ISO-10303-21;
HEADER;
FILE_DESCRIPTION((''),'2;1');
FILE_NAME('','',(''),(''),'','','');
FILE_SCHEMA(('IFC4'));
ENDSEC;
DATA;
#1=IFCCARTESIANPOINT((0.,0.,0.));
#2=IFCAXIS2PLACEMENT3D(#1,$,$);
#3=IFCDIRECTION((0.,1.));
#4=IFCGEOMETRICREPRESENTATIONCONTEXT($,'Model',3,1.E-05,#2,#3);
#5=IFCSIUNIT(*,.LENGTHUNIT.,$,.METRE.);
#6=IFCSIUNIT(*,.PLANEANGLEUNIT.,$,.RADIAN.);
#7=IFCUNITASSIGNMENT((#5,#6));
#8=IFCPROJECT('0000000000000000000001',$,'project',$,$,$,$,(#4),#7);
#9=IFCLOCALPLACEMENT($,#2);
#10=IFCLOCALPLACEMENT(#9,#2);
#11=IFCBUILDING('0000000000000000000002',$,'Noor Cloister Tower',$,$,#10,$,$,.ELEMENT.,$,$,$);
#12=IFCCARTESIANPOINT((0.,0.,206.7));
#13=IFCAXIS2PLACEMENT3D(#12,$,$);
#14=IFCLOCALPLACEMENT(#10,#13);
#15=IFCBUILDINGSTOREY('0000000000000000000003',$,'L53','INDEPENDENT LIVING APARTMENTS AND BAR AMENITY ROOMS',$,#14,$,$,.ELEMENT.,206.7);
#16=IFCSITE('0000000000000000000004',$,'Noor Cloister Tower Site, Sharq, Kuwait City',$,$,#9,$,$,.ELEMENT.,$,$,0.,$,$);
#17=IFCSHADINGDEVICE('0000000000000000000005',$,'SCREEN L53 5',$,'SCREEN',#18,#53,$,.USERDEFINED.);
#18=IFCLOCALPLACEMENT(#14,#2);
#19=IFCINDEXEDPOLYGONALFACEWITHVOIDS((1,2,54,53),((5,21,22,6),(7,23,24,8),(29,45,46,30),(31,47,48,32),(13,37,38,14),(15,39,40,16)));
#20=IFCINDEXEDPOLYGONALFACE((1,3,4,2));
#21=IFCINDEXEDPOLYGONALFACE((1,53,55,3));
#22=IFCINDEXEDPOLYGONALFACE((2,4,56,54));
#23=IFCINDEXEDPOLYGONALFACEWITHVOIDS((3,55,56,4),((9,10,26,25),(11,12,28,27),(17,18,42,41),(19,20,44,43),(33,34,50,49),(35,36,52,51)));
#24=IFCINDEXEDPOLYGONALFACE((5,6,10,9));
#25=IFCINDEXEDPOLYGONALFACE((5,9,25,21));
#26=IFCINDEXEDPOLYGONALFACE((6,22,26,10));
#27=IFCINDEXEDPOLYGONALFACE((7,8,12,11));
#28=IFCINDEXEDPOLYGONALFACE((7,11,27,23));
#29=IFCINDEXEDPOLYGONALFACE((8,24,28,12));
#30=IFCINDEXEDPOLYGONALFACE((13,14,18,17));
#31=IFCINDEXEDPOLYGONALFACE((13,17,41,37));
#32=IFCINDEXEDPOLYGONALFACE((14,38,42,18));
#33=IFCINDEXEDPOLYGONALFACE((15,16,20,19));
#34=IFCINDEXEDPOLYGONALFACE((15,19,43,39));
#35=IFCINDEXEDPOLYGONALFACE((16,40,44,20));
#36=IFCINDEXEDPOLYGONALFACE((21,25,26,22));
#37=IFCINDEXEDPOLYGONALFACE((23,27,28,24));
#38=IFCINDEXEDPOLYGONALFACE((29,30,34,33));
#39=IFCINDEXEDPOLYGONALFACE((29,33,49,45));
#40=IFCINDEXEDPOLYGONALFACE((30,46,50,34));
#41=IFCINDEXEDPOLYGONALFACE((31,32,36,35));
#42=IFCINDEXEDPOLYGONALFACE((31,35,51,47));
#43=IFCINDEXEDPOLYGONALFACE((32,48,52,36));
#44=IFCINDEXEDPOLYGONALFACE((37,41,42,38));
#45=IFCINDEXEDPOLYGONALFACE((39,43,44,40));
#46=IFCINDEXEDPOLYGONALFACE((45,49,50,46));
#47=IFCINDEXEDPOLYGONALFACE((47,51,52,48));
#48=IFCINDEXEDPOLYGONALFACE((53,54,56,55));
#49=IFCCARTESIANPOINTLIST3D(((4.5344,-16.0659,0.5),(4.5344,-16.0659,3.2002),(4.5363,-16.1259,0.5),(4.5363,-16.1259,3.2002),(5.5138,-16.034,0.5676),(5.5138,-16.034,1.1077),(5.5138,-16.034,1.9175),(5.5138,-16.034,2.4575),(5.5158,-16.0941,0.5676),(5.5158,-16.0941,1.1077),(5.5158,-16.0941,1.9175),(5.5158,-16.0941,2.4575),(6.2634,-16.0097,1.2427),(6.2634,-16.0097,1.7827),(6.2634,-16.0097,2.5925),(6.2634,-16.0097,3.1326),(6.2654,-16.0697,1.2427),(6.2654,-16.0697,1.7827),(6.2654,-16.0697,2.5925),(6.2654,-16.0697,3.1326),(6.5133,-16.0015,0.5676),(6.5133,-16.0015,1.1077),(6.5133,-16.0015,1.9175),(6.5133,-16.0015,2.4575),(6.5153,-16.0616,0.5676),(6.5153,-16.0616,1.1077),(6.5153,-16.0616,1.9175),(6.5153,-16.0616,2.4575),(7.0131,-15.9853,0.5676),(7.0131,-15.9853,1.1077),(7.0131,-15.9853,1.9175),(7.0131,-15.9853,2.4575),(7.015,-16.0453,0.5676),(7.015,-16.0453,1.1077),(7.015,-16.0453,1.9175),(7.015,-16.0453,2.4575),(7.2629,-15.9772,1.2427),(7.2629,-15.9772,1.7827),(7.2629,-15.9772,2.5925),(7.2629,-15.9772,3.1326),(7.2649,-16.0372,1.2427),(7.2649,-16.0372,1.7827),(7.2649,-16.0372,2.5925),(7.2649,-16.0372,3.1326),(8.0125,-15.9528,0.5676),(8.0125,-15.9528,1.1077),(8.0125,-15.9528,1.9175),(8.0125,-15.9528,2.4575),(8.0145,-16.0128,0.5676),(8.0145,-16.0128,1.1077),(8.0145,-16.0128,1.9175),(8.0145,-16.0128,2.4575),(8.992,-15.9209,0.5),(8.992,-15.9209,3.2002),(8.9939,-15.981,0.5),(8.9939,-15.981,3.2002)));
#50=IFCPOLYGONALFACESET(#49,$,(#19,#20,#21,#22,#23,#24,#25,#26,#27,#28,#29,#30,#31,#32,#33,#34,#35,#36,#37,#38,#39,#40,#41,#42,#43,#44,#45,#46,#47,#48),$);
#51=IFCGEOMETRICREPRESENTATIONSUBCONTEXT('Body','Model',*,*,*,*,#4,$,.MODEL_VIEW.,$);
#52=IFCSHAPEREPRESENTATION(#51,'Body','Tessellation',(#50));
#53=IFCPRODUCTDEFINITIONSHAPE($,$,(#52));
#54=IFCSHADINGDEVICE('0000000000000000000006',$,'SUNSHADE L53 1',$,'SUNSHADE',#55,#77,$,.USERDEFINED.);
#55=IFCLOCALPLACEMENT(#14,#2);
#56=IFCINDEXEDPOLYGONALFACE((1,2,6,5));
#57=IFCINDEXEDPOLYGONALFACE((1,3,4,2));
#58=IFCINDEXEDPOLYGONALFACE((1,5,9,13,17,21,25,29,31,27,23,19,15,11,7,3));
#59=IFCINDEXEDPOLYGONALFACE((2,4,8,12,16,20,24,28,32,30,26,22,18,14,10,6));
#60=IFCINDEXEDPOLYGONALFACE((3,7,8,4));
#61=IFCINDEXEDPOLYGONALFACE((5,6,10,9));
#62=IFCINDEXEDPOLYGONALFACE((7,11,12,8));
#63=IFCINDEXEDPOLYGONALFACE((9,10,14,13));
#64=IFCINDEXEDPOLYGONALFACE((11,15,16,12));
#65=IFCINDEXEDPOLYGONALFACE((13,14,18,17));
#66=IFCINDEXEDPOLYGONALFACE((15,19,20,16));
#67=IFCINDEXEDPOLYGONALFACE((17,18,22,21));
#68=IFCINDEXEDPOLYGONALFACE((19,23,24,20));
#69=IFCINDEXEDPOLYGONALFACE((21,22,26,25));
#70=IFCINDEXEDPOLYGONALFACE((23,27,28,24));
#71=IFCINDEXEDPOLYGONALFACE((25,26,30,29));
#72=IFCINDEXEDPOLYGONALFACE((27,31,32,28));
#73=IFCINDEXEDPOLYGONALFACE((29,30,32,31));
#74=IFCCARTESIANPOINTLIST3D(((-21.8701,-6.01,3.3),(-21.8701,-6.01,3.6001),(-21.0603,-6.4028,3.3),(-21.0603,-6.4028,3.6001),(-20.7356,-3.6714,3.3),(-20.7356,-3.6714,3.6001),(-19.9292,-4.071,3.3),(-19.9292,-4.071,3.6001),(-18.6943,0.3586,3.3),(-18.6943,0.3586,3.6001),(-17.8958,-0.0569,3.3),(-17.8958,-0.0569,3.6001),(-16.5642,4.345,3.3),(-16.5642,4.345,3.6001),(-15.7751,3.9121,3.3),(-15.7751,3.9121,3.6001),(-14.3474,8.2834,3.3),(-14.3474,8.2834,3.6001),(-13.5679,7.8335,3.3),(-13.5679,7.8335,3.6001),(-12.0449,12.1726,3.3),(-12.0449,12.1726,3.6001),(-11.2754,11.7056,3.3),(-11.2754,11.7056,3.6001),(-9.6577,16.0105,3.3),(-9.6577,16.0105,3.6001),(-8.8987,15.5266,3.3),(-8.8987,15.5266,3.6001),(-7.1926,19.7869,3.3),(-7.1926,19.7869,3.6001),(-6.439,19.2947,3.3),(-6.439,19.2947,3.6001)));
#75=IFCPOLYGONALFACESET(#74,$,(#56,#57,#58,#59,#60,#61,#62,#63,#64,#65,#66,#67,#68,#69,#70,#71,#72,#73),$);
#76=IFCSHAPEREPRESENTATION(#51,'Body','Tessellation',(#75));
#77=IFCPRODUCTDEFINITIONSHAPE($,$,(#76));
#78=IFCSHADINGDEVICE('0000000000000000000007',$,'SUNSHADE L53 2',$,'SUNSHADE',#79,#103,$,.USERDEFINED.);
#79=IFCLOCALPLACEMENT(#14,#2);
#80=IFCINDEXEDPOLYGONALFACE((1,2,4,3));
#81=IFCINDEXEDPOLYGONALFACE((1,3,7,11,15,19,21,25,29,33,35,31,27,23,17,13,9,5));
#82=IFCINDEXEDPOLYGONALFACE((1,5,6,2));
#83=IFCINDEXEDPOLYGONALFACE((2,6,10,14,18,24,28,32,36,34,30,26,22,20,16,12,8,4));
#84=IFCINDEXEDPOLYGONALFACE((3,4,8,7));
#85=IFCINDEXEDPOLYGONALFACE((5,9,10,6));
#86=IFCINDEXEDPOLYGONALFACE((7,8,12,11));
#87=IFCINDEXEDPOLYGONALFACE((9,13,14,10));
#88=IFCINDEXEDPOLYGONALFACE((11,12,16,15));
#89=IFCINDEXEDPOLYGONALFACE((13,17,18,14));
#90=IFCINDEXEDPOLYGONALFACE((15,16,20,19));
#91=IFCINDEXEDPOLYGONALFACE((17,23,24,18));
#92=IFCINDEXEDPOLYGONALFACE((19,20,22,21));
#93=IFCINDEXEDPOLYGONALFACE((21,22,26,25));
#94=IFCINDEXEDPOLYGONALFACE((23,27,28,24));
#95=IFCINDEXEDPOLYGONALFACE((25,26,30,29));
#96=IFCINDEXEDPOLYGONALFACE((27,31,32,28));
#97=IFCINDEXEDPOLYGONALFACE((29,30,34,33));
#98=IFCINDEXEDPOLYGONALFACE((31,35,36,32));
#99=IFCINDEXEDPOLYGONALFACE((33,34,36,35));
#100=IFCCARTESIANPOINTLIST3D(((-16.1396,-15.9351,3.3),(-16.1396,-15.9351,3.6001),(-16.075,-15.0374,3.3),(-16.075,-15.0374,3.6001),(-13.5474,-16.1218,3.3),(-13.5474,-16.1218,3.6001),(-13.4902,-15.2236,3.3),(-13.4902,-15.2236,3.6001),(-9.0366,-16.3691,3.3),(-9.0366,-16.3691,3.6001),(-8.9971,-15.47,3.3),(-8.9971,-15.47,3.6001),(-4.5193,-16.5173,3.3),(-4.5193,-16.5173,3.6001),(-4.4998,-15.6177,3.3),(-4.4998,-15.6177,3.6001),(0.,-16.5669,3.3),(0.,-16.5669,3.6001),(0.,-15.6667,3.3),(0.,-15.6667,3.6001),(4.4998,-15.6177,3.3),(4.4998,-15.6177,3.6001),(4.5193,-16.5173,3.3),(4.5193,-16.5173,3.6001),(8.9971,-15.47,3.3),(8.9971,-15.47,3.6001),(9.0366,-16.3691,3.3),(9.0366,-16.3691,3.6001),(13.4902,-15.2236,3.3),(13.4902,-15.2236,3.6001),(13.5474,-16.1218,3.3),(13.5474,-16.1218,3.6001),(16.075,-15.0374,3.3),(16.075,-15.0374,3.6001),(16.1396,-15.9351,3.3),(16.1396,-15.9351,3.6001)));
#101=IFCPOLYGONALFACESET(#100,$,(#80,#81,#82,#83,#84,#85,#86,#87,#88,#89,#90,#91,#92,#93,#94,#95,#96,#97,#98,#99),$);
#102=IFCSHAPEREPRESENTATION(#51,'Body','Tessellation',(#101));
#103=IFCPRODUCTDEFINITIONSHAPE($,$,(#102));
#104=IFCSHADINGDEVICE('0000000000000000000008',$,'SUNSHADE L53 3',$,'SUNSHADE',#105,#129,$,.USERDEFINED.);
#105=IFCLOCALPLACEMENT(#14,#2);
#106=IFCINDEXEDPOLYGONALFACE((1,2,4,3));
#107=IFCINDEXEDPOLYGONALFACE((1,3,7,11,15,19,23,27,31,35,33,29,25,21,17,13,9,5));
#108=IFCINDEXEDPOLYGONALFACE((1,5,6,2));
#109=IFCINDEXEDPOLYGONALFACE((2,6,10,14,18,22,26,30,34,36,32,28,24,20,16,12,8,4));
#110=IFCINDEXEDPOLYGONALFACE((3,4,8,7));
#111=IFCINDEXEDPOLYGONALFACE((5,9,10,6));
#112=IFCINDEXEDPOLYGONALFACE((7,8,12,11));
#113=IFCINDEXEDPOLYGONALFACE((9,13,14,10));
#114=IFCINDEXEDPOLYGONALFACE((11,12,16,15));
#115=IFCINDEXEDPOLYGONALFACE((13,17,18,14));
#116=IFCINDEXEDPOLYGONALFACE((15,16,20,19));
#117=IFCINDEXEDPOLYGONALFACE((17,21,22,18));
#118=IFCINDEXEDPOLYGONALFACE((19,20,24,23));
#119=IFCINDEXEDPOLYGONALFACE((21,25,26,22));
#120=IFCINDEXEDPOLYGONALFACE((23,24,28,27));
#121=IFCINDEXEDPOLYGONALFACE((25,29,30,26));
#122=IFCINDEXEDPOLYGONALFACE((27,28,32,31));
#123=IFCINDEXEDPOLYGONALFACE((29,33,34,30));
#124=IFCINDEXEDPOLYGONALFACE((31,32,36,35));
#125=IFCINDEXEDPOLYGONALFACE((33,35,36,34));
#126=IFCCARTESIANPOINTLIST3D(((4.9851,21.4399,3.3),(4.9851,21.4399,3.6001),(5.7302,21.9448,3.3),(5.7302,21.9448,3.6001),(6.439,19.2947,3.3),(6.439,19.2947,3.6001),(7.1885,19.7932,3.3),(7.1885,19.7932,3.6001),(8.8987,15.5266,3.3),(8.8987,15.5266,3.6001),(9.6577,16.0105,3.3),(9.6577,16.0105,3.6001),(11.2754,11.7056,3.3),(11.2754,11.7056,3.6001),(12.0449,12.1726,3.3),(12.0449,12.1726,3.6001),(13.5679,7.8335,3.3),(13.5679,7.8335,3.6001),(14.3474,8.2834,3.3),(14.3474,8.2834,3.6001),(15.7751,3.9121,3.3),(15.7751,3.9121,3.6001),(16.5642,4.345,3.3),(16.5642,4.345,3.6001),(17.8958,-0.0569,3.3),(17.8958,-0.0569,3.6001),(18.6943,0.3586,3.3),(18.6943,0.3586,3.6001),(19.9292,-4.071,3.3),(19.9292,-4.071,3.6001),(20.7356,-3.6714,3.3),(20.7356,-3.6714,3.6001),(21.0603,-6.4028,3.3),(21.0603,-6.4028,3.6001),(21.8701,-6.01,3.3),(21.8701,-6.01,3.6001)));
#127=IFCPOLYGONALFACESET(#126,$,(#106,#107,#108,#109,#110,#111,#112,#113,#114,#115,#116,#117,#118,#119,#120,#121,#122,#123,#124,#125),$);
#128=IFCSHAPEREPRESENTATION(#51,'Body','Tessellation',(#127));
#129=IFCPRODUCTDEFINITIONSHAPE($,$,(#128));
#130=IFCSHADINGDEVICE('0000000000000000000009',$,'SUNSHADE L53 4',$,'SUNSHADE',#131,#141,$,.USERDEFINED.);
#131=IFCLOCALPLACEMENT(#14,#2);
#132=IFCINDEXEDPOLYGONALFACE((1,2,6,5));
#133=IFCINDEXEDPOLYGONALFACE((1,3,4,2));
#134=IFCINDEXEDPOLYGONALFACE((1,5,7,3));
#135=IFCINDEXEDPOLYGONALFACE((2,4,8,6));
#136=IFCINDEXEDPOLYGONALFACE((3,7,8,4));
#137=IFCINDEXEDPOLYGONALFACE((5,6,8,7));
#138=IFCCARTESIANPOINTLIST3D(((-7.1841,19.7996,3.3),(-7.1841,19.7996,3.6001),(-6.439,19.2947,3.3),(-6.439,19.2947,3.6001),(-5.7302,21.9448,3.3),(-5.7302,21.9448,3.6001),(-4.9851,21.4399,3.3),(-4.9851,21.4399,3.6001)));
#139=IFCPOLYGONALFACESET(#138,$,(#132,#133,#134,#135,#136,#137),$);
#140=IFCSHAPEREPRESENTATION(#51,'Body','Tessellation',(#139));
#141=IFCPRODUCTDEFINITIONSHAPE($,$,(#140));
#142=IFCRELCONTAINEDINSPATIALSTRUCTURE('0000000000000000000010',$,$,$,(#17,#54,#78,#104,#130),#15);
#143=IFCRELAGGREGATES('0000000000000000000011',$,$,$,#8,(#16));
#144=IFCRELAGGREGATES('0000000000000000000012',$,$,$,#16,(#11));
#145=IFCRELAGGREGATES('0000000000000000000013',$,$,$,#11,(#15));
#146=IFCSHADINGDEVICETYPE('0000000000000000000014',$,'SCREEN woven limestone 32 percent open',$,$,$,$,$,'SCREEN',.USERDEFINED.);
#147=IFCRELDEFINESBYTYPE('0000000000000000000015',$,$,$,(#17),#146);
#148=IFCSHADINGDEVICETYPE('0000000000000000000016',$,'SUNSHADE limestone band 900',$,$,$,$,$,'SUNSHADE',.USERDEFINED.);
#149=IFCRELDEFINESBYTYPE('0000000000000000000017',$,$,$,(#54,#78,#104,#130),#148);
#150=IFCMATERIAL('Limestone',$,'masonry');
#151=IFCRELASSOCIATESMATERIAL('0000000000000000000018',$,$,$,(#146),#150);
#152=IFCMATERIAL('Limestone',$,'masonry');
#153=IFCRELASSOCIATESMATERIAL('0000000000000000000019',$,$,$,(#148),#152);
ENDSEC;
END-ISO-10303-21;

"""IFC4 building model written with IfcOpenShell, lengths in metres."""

from ifc_helpers import new_model, si_unit, direction, frame, origin, place, context, subcontext, project, spatial, polyline, outline, extrude, material, material_profile, profile_set, type_object, element, save


model = new_model("IFC4")

# Units and contexts
model_context = context("Model", 3, precision=1e-05, world=origin(), true_north=direction((0.0, 1.0)))
body_context = subcontext(model_context, "Body", "Model", "MODEL_VIEW")
ifc_project = project(units=[si_unit("LENGTHUNIT", "METRE"), si_unit("PLANEANGLEUNIT", "RADIAN")], contexts=[model_context])

# Site, building, storey
site_placement = place(None, origin())
site = spatial("IfcSite", under=ifc_project, at=site_placement, Name="Noor Cloister Tower Site, Sharq, Kuwait City", CompositionType="ELEMENT", RefElevation=0.0)
building_placement = place(site_placement, origin())
building = spatial("IfcBuilding", under=site, at=building_placement, Name="Noor Cloister Tower", CompositionType="ELEMENT")
storey_placement = place(building_placement, frame((0.0, 0.0, 206.7)))
storey = spatial("IfcBuildingStorey", under=building, at=storey_placement, Name="L53", Description="INDEPENDENT LIVING APARTMENTS AND BAR AMENITY ROOMS", CompositionType="ELEMENT", Elevation=206.7)

# Shading devices
ifc_material_1 = material(Name="Limestone", Category="masonry")
ifc_material_profile_1 = material_profile(ifc_material_1, outline(polyline([(-2.23, -1.3501), (2.23, -1.3501), (2.23, 1.3501), (-2.23, 1.3501), (-2.23, -1.3501)]), holes=[polyline([(-1.25, -1.2825), (-0.25, -1.2825), (-0.25, -0.7424), (-1.25, -0.7424), (-1.25, -1.2825)]), polyline([(0.25, -1.2825), (1.25, -1.2825), (1.25, -0.7424), (0.25, -0.7424), (0.25, -1.2825)]), polyline([(-0.5, -0.6074), (0.5, -0.6074), (0.5, -0.0674), (-0.5, -0.0674), (-0.5, -0.6074)]), polyline([(-1.25, 0.0674), (-0.25, 0.0674), (-0.25, 0.6074), (-1.25, 0.6074), (-1.25, 0.0674)]), polyline([(0.25, 0.0674), (1.25, 0.0674), (1.25, 0.6074), (0.25, 0.6074), (0.25, 0.0674)]), polyline([(-0.5, 0.7424), (0.5, 0.7424), (0.5, 1.2825), (-0.5, 1.2825), (-0.5, 0.7424)])]), Name="Woven screen 32 percent open")
ifc_profile_set_1 = profile_set([ifc_material_profile_1], Name="Limestone")
shading_device_type_1 = type_object("IfcShadingDeviceType", Name="SCREEN woven limestone 32 percent open", ElementType="SCREEN", PredefinedType="USERDEFINED", material=ifc_profile_set_1)
shading_device_1_placement = place(storey_placement, frame((6.7632, -15.9934, 1.8501), z_axis=(0.032503, -0.999472, 0.0), x_axis=(0.999472, 0.032503, 0.0)))
element("IfcShadingDevice", 1, at=shading_device_1_placement, inside=storey, type_object=shading_device_type_1, Name="SCREEN L53 5", ObjectType="SCREEN", PredefinedType="USERDEFINED", context=body_context, shape_type="SweptSolid", body=[
    extrude(outline(polyline([(-2.23, -1.3501), (2.23, -1.3501), (2.23, 1.3501), (-2.23, 1.3501), (-2.23, -1.3501)]), holes=[polyline([(-1.25, -1.2825), (-0.25, -1.2825), (-0.25, -0.7424), (-1.25, -0.7424), (-1.25, -1.2825)]), polyline([(0.25, -1.2825), (1.25, -1.2825), (1.25, -0.7424), (0.25, -0.7424), (0.25, -1.2825)]), polyline([(-0.5, -0.6074), (0.5, -0.6074), (0.5, -0.0674), (-0.5, -0.0674), (-0.5, -0.6074)]), polyline([(-1.25, 0.0674), (-0.25, 0.0674), (-0.25, 0.6074), (-1.25, 0.6074), (-1.25, 0.0674)]), polyline([(0.25, 0.0674), (1.25, 0.0674), (1.25, 0.6074), (0.25, 0.6074), (0.25, 0.0674)]), polyline([(-0.5, 0.7424), (0.5, 0.7424), (0.5, 1.2825), (-0.5, 1.2825), (-0.5, 0.7424)])]), origin(), (0.0, 0.0, 1.0), 0.0601),
])
ifc_material_2 = material(Name="Limestone", Category="masonry")
shading_device_type_2 = type_object("IfcShadingDeviceType", Name="SUNSHADE limestone band 900", ElementType="SUNSHADE", PredefinedType="USERDEFINED", material=ifc_material_2)
shading_device_2_placement = place(storey_placement, frame((0.0, 0.0, 3.3)))
element("IfcShadingDevice", 2, at=shading_device_2_placement, inside=storey, type_object=shading_device_type_2, Name="SUNSHADE L53 1", ObjectType="SUNSHADE", PredefinedType="USERDEFINED", context=body_context, shape_type="SweptSolid", body=[
    extrude(outline(polyline([(-7.1926, 19.7869), (-9.6577, 16.0105), (-12.0449, 12.1726), (-14.3474, 8.2834), (-16.5642, 4.345), (-18.6943, 0.3586), (-20.7356, -3.6714), (-21.8701, -6.01), (-21.0603, -6.4028), (-19.9292, -4.071), (-17.8958, -0.0569), (-15.7751, 3.9121), (-13.5679, 7.8335), (-11.2754, 11.7056), (-8.8987, 15.5266), (-6.439, 19.2947), (-7.1926, 19.7869)])), origin(), (0.0, 0.0, 1.0), 0.3),
])
shading_device_3_placement = place(storey_placement, frame((0.0, 0.0, 3.3)))
element("IfcShadingDevice", 3, at=shading_device_3_placement, inside=storey, type_object=shading_device_type_2, Name="SUNSHADE L53 2", ObjectType="SUNSHADE", PredefinedType="USERDEFINED", context=body_context, shape_type="SweptSolid", body=[
    extrude(outline(polyline([(-16.1396, -15.9351), (-13.5474, -16.1218), (-9.0366, -16.3691), (-4.5193, -16.5173), (0.0, -16.5669), (4.5193, -16.5173), (9.0366, -16.3691), (13.5474, -16.1218), (16.1396, -15.9351), (16.075, -15.0374), (13.4902, -15.2236), (8.9971, -15.47), (4.4998, -15.6177), (0.0, -15.6667), (-4.4998, -15.6177), (-8.9971, -15.47), (-13.4902, -15.2236), (-16.075, -15.0374), (-16.1396, -15.9351)])), origin(), (0.0, 0.0, 1.0), 0.3),
])
shading_device_4_placement = place(storey_placement, frame((0.0, 0.0, 3.3)))
element("IfcShadingDevice", 4, at=shading_device_4_placement, inside=storey, type_object=shading_device_type_2, Name="SUNSHADE L53 3", ObjectType="SUNSHADE", PredefinedType="USERDEFINED", context=body_context, shape_type="SweptSolid", body=[
    extrude(outline(polyline([(21.8701, -6.01), (20.7356, -3.6714), (18.6943, 0.3586), (16.5642, 4.345), (14.3474, 8.2834), (12.0449, 12.1726), (9.6577, 16.0105), (7.1885, 19.7932), (5.7302, 21.9448), (4.9851, 21.4399), (6.439, 19.2947), (8.8987, 15.5266), (11.2754, 11.7056), (13.5679, 7.8335), (15.7751, 3.9121), (17.8958, -0.0569), (19.9292, -4.071), (21.0603, -6.4028), (21.8701, -6.01)])), origin(), (0.0, 0.0, 1.0), 0.3),
])
shading_device_5_placement = place(storey_placement, frame((0.0, 0.0, 3.3)))
element("IfcShadingDevice", 5, at=shading_device_5_placement, inside=storey, type_object=shading_device_type_2, Name="SUNSHADE L53 4", ObjectType="SUNSHADE", PredefinedType="USERDEFINED", context=body_context, shape_type="SweptSolid", body=[
    extrude(outline(polyline([(-5.7302, 21.9448), (-7.1841, 19.7996), (-6.439, 19.2947), (-4.9851, 21.4399), (-5.7302, 21.9448)])), origin(), (0.0, 0.0, 1.0), 0.3),
])

save(model, "model.ifc")
